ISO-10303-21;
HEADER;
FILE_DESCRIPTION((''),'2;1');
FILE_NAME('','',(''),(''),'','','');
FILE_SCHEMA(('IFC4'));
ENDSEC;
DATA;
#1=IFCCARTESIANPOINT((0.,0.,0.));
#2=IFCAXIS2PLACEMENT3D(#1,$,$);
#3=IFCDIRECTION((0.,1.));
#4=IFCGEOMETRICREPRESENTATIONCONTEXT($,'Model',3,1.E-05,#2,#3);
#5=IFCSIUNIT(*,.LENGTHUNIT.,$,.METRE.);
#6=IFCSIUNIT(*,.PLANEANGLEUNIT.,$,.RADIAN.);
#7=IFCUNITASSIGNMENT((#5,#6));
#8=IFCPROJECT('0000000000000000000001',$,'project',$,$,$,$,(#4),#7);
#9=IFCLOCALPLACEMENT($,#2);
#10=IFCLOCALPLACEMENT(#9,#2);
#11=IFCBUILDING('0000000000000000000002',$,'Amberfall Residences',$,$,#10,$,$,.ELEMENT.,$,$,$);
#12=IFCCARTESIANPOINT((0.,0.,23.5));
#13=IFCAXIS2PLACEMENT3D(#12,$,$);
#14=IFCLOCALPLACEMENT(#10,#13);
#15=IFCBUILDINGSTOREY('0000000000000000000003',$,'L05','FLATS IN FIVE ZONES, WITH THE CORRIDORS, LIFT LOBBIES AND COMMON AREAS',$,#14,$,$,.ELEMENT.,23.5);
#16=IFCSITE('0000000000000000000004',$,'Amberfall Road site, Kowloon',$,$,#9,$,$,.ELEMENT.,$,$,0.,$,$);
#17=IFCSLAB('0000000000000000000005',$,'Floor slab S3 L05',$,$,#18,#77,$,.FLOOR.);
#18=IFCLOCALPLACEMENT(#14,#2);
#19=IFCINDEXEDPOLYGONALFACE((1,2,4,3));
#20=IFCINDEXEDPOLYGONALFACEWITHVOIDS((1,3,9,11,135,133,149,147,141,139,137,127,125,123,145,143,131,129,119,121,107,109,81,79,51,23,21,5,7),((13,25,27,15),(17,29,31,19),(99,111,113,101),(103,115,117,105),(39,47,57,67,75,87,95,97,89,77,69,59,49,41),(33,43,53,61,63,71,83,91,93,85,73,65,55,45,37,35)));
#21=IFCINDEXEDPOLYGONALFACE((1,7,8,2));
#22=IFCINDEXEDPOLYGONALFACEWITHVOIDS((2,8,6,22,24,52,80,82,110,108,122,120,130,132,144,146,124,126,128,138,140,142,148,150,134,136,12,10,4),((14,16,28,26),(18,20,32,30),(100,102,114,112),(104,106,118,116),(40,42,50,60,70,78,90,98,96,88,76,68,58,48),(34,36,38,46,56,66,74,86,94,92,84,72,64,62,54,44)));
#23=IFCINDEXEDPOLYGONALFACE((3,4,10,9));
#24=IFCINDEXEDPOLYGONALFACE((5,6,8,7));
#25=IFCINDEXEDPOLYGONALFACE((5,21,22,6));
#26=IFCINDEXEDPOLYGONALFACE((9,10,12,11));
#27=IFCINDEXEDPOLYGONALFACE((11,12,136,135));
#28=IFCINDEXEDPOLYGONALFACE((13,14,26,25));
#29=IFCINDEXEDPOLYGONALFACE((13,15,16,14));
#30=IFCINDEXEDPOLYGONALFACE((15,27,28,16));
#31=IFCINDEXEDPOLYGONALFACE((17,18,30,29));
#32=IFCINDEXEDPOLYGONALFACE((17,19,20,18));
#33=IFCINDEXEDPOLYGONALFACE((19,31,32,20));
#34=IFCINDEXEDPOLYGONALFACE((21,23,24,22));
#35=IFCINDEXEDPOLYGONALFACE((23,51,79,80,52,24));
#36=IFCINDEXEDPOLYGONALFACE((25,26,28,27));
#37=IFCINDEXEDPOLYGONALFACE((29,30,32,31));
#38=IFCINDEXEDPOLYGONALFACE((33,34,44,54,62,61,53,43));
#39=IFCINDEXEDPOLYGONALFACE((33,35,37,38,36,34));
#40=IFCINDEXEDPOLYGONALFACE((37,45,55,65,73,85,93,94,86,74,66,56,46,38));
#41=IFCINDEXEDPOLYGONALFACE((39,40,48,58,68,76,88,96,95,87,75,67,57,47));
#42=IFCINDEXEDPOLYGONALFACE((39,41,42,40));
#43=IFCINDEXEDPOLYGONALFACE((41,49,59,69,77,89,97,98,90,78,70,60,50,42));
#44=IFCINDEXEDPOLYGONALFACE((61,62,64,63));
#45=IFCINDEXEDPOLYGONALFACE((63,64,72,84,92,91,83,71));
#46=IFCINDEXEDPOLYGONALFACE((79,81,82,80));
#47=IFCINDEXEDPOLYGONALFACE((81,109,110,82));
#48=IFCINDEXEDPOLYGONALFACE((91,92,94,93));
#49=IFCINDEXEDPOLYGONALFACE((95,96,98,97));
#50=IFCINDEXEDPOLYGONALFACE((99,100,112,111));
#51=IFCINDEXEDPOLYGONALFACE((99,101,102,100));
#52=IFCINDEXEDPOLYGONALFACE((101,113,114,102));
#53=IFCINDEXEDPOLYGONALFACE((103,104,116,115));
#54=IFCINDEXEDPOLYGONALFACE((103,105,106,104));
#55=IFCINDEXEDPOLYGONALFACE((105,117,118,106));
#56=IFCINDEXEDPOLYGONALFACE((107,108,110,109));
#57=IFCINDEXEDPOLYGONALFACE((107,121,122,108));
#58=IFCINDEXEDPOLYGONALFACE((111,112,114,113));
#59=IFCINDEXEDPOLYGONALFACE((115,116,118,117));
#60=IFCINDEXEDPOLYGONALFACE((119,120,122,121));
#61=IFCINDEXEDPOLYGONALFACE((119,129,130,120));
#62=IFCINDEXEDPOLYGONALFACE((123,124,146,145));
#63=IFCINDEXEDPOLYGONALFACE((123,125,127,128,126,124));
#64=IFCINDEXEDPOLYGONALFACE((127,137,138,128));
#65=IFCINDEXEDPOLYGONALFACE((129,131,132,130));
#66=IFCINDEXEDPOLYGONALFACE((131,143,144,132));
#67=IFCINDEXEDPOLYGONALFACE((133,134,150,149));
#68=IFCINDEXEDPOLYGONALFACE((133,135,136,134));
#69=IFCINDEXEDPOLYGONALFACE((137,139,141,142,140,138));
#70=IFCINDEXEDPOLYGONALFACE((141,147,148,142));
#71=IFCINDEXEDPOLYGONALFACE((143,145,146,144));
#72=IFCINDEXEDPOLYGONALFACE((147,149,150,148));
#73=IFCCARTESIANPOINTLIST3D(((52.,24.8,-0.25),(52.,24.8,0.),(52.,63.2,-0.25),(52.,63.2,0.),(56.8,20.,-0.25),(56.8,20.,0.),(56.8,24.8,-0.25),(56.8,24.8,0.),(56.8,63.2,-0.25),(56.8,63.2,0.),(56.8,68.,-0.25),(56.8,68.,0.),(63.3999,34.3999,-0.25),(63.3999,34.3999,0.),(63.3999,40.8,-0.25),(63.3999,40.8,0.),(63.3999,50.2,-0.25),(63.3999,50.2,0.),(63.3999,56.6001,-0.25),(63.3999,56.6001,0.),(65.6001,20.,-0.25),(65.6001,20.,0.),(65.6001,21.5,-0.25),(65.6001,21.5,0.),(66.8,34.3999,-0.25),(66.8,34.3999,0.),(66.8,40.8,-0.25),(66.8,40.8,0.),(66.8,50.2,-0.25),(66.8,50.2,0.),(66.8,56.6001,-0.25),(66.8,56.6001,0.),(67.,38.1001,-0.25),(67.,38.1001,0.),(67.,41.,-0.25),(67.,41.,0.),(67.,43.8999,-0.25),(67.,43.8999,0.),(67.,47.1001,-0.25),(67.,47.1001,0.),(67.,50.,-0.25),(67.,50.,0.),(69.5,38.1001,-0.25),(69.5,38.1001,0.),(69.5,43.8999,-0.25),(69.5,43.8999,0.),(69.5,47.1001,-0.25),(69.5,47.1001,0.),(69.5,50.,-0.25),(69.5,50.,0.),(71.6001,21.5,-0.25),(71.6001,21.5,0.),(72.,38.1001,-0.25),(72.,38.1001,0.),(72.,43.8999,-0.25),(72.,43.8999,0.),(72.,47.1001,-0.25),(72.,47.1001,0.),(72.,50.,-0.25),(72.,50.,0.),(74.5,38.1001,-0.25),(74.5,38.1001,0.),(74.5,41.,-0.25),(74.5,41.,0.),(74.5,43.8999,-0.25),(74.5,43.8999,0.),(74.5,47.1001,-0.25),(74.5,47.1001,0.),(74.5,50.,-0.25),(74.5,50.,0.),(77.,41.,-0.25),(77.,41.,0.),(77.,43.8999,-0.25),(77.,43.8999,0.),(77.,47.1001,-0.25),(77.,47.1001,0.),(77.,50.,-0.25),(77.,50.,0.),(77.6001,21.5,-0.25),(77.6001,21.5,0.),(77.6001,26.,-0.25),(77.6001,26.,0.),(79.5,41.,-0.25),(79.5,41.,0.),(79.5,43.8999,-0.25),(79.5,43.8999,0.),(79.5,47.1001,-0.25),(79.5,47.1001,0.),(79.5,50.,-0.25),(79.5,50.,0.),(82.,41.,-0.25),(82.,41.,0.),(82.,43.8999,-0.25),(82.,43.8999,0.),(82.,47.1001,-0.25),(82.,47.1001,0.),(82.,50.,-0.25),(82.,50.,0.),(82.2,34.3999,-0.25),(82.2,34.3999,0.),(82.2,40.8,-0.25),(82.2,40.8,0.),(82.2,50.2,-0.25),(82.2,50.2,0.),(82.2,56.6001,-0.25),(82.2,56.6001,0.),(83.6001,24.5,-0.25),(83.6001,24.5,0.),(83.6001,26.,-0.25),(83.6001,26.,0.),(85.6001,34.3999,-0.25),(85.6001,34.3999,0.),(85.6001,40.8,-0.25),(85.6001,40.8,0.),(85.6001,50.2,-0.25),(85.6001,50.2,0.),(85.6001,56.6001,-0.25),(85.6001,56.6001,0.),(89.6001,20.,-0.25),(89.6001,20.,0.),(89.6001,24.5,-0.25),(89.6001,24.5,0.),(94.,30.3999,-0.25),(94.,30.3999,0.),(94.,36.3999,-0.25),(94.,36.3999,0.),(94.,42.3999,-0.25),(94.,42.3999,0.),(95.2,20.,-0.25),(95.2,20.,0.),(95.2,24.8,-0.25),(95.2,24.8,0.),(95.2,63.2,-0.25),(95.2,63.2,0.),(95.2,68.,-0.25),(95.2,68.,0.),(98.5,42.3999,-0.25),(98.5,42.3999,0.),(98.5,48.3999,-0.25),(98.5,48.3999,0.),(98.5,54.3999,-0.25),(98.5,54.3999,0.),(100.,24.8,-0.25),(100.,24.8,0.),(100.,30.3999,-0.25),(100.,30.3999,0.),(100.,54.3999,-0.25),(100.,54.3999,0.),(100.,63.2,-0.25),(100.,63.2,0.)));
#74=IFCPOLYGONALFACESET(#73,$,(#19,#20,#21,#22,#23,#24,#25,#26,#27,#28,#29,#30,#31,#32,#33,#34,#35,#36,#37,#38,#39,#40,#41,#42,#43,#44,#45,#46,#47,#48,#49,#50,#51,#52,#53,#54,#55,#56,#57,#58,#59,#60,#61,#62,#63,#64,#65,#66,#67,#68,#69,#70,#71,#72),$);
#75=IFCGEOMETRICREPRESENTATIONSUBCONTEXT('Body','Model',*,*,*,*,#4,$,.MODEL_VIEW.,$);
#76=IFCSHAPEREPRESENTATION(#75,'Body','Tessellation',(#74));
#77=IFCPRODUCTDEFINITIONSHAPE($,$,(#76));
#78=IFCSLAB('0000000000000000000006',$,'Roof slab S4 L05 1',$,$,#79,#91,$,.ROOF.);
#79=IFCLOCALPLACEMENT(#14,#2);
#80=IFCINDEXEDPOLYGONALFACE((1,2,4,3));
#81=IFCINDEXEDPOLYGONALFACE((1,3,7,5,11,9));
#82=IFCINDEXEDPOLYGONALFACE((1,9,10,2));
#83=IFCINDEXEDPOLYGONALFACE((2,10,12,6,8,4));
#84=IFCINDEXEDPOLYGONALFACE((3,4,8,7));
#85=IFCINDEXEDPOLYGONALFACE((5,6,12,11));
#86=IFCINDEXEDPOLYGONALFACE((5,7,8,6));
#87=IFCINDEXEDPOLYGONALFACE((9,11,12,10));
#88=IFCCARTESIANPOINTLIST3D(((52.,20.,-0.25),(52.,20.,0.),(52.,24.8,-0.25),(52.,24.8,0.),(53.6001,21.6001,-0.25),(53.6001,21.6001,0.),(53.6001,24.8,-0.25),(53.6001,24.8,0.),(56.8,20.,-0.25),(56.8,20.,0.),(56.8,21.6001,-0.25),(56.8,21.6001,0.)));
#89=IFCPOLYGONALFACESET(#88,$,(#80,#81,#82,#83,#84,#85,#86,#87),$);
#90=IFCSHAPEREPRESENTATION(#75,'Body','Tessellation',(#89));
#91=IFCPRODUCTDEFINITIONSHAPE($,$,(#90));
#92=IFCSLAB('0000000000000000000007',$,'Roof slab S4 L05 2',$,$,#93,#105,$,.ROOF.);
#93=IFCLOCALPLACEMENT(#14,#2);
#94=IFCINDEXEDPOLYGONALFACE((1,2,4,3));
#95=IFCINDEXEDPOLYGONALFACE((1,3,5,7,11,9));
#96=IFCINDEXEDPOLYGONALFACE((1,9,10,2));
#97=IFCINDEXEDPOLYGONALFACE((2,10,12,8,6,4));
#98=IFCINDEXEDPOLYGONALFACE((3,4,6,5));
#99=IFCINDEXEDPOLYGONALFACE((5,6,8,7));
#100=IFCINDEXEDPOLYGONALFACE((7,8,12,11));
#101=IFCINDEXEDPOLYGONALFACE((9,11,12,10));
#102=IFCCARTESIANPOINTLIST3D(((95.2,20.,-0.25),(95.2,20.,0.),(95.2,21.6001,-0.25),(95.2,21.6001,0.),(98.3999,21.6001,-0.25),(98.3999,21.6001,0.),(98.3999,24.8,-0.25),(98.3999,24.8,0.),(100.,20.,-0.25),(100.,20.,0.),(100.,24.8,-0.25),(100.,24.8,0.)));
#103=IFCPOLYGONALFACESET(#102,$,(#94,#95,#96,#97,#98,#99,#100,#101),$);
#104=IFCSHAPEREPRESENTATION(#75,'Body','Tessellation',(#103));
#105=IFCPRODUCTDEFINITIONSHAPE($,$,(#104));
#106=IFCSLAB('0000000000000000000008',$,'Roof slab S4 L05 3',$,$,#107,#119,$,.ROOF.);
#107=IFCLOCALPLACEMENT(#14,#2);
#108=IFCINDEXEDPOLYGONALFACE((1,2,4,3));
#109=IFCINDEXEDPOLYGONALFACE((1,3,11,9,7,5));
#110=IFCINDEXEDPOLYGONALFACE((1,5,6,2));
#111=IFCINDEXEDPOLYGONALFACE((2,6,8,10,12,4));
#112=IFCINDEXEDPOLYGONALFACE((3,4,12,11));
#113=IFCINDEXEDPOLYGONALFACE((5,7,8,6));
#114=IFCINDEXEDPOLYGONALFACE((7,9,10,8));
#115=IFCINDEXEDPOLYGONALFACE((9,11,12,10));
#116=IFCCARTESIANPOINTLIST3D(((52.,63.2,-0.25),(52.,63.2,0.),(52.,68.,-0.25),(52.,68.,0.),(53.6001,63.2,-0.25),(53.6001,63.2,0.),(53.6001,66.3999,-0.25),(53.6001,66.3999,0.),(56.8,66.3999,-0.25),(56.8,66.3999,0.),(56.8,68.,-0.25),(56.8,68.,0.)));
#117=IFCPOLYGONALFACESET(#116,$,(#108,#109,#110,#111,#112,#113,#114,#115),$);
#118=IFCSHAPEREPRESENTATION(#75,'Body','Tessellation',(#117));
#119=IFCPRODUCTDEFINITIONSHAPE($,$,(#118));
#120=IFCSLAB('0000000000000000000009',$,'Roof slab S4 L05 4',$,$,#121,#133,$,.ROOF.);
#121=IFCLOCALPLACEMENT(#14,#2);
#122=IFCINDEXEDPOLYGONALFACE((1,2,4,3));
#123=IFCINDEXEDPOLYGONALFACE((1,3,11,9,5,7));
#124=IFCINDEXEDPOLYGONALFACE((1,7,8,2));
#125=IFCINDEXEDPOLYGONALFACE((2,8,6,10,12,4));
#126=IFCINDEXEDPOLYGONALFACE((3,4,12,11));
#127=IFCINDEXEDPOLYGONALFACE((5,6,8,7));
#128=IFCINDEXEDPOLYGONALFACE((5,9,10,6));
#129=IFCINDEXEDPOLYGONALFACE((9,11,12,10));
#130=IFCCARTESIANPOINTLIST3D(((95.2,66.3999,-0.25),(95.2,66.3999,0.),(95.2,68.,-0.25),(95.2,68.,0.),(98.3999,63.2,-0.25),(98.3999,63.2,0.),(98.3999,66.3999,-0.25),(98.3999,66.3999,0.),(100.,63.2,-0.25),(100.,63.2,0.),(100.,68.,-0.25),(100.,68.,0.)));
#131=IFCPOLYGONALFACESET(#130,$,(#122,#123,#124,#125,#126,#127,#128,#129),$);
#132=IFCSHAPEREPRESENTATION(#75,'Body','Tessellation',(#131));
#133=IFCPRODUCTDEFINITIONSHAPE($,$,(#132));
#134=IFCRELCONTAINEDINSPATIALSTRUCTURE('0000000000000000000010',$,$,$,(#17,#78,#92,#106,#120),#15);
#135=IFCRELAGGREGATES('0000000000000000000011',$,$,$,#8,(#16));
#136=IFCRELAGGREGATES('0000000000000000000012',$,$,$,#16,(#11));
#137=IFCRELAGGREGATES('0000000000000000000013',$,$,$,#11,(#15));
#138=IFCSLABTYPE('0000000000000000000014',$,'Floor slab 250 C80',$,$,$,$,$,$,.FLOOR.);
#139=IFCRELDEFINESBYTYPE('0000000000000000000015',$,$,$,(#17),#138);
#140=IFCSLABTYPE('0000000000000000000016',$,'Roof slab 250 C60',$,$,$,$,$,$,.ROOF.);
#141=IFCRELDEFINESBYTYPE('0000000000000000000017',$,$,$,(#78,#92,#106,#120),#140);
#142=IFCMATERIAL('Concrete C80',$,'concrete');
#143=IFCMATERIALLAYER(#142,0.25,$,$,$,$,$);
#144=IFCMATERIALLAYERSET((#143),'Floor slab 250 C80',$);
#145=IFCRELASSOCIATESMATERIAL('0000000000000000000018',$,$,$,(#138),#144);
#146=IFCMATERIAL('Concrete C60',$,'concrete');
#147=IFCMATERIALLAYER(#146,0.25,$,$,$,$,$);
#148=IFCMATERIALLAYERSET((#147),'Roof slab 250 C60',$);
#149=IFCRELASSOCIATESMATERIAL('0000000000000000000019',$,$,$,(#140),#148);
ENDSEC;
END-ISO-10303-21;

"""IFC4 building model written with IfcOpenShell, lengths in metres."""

from ifc_helpers import new_model, si_unit, direction, frame, origin, place, context, subcontext, project, spatial, polyline, outline, extrude, material, layer, layer_set, type_object, element, save


model = new_model("IFC4")

# Units and contexts
model_context = context("Model", 3, precision=1e-05, world=origin(), true_north=direction((0.0, 1.0)))
body_context = subcontext(model_context, "Body", "Model", "MODEL_VIEW")
ifc_project = project(units=[si_unit("LENGTHUNIT", "METRE"), si_unit("PLANEANGLEUNIT", "RADIAN")], contexts=[model_context])

# Site, building, storey
site_placement = place(None, origin())
site = spatial("IfcSite", under=ifc_project, at=site_placement, Name="Amberfall Road site, Kowloon", CompositionType="ELEMENT", RefElevation=0.0)
building_placement = place(site_placement, origin())
building = spatial("IfcBuilding", under=site, at=building_placement, Name="Amberfall Residences", CompositionType="ELEMENT")
storey_placement = place(building_placement, frame((0.0, 0.0, 23.5)))
storey = spatial("IfcBuildingStorey", under=building, at=storey_placement, Name="L05", Description="FLATS IN FIVE ZONES, WITH THE CORRIDORS, LIFT LOBBIES AND COMMON AREAS", CompositionType="ELEMENT", Elevation=23.5)

# Slabs
ifc_material_1 = material(Name="Concrete C80", Category="concrete")
ifc_layer_1 = layer(ifc_material_1, 0.25)
ifc_layer_set_1 = layer_set([ifc_layer_1], Name="Floor slab 250 C80")
slab_type_1 = type_object("IfcSlabType", Name="Floor slab 250 C80", PredefinedType="FLOOR", material=ifc_layer_set_1)
slab_1_placement = place(storey_placement, frame((0.0, 0.0, -0.25)))
element("IfcSlab", 1, at=slab_1_placement, inside=storey, type_object=slab_type_1, Name="Floor slab S3 L05", PredefinedType="FLOOR", context=body_context, shape_type="SweptSolid", body=[
    extrude(outline(polyline([(89.6001, 20.0), (89.6001, 24.5), (83.6001, 24.5), (83.6001, 26.0), (77.6001, 26.0), (77.6001, 21.5), (71.6001, 21.5), (65.6001, 21.5), (65.6001, 20.0), (56.8, 20.0), (56.8, 24.8), (52.0, 24.8), (52.0, 63.2), (56.8, 63.2), (56.8, 68.0), (95.2, 68.0), (95.2, 63.2), (100.0, 63.2), (100.0, 54.3999), (98.5, 54.3999), (98.5, 48.3999), (98.5, 42.3999), (94.0, 42.3999), (94.0, 36.3999), (94.0, 30.3999), (100.0, 30.3999), (100.0, 24.8), (95.2, 24.8), (95.2, 20.0), (89.6001, 20.0)]), holes=[polyline([(85.6001, 34.3999), (85.6001, 40.8), (82.2, 40.8), (82.2, 34.3999), (85.6001, 34.3999)]), polyline([(82.2, 50.2), (85.6001, 50.2), (85.6001, 56.6001), (82.2, 56.6001), (82.2, 50.2)]), polyline([(69.5, 50.0), (67.0, 50.0), (67.0, 47.1001), (69.5, 47.1001), (72.0, 47.1001), (74.5, 47.1001), (77.0, 47.1001), (79.5, 47.1001), (82.0, 47.1001), (82.0, 50.0), (79.5, 50.0), (77.0, 50.0), (74.5, 50.0), (72.0, 50.0), (69.5, 50.0)]), polyline([(74.5, 41.0), (77.0, 41.0), (79.5, 41.0), (82.0, 41.0), (82.0, 43.8999), (79.5, 43.8999), (77.0, 43.8999), (74.5, 43.8999), (72.0, 43.8999), (69.5, 43.8999), (67.0, 43.8999), (67.0, 41.0), (67.0, 38.1001), (69.5, 38.1001), (72.0, 38.1001), (74.5, 38.1001), (74.5, 41.0)]), polyline([(66.8, 34.3999), (66.8, 40.8), (63.3999, 40.8), (63.3999, 34.3999), (66.8, 34.3999)]), polyline([(66.8, 50.2), (66.8, 56.6001), (63.3999, 56.6001), (63.3999, 50.2), (66.8, 50.2)])]), origin(), (0.0, 0.0, 1.0), 0.25),
])
ifc_material_2 = material(Name="Concrete C60", Category="concrete")
ifc_layer_2 = layer(ifc_material_2, 0.25)
ifc_layer_set_2 = layer_set([ifc_layer_2], Name="Roof slab 250 C60")
slab_type_2 = type_object("IfcSlabType", Name="Roof slab 250 C60", PredefinedType="ROOF", material=ifc_layer_set_2)
slab_2_placement = place(storey_placement, frame((0.0, 0.0, -0.25)))
element("IfcSlab", 2, at=slab_2_placement, inside=storey, type_object=slab_type_2, Name="Roof slab S4 L05 1", PredefinedType="ROOF", context=body_context, shape_type="SweptSolid", body=[
    extrude(outline(polyline([(52.0, 24.8), (53.6001, 24.8), (53.6001, 21.6001), (56.8, 21.6001), (56.8, 20.0), (52.0, 20.0), (52.0, 24.8)])), origin(), (0.0, 0.0, 1.0), 0.25),
])
slab_3_placement = place(storey_placement, frame((0.0, 0.0, -0.25)))
element("IfcSlab", 3, at=slab_3_placement, inside=storey, type_object=slab_type_2, Name="Roof slab S4 L05 2", PredefinedType="ROOF", context=body_context, shape_type="SweptSolid", body=[
    extrude(outline(polyline([(95.2, 20.0), (95.2, 21.6001), (98.3999, 21.6001), (98.3999, 24.8), (100.0, 24.8), (100.0, 20.0), (95.2, 20.0)])), origin(), (0.0, 0.0, 1.0), 0.25),
])
slab_4_placement = place(storey_placement, frame((0.0, 0.0, -0.25)))
element("IfcSlab", 4, at=slab_4_placement, inside=storey, type_object=slab_type_2, Name="Roof slab S4 L05 3", PredefinedType="ROOF", context=body_context, shape_type="SweptSolid", body=[
    extrude(outline(polyline([(56.8, 68.0), (56.8, 66.3999), (53.6001, 66.3999), (53.6001, 63.2), (52.0, 63.2), (52.0, 68.0), (56.8, 68.0)])), origin(), (0.0, 0.0, 1.0), 0.25),
])
slab_5_placement = place(storey_placement, frame((0.0, 0.0, -0.25)))
element("IfcSlab", 5, at=slab_5_placement, inside=storey, type_object=slab_type_2, Name="Roof slab S4 L05 4", PredefinedType="ROOF", context=body_context, shape_type="SweptSolid", body=[
    extrude(outline(polyline([(100.0, 63.2), (98.3999, 63.2), (98.3999, 66.3999), (95.2, 66.3999), (95.2, 68.0), (100.0, 68.0), (100.0, 63.2)])), origin(), (0.0, 0.0, 1.0), 0.25),
])

save(model, "model.ifc")
